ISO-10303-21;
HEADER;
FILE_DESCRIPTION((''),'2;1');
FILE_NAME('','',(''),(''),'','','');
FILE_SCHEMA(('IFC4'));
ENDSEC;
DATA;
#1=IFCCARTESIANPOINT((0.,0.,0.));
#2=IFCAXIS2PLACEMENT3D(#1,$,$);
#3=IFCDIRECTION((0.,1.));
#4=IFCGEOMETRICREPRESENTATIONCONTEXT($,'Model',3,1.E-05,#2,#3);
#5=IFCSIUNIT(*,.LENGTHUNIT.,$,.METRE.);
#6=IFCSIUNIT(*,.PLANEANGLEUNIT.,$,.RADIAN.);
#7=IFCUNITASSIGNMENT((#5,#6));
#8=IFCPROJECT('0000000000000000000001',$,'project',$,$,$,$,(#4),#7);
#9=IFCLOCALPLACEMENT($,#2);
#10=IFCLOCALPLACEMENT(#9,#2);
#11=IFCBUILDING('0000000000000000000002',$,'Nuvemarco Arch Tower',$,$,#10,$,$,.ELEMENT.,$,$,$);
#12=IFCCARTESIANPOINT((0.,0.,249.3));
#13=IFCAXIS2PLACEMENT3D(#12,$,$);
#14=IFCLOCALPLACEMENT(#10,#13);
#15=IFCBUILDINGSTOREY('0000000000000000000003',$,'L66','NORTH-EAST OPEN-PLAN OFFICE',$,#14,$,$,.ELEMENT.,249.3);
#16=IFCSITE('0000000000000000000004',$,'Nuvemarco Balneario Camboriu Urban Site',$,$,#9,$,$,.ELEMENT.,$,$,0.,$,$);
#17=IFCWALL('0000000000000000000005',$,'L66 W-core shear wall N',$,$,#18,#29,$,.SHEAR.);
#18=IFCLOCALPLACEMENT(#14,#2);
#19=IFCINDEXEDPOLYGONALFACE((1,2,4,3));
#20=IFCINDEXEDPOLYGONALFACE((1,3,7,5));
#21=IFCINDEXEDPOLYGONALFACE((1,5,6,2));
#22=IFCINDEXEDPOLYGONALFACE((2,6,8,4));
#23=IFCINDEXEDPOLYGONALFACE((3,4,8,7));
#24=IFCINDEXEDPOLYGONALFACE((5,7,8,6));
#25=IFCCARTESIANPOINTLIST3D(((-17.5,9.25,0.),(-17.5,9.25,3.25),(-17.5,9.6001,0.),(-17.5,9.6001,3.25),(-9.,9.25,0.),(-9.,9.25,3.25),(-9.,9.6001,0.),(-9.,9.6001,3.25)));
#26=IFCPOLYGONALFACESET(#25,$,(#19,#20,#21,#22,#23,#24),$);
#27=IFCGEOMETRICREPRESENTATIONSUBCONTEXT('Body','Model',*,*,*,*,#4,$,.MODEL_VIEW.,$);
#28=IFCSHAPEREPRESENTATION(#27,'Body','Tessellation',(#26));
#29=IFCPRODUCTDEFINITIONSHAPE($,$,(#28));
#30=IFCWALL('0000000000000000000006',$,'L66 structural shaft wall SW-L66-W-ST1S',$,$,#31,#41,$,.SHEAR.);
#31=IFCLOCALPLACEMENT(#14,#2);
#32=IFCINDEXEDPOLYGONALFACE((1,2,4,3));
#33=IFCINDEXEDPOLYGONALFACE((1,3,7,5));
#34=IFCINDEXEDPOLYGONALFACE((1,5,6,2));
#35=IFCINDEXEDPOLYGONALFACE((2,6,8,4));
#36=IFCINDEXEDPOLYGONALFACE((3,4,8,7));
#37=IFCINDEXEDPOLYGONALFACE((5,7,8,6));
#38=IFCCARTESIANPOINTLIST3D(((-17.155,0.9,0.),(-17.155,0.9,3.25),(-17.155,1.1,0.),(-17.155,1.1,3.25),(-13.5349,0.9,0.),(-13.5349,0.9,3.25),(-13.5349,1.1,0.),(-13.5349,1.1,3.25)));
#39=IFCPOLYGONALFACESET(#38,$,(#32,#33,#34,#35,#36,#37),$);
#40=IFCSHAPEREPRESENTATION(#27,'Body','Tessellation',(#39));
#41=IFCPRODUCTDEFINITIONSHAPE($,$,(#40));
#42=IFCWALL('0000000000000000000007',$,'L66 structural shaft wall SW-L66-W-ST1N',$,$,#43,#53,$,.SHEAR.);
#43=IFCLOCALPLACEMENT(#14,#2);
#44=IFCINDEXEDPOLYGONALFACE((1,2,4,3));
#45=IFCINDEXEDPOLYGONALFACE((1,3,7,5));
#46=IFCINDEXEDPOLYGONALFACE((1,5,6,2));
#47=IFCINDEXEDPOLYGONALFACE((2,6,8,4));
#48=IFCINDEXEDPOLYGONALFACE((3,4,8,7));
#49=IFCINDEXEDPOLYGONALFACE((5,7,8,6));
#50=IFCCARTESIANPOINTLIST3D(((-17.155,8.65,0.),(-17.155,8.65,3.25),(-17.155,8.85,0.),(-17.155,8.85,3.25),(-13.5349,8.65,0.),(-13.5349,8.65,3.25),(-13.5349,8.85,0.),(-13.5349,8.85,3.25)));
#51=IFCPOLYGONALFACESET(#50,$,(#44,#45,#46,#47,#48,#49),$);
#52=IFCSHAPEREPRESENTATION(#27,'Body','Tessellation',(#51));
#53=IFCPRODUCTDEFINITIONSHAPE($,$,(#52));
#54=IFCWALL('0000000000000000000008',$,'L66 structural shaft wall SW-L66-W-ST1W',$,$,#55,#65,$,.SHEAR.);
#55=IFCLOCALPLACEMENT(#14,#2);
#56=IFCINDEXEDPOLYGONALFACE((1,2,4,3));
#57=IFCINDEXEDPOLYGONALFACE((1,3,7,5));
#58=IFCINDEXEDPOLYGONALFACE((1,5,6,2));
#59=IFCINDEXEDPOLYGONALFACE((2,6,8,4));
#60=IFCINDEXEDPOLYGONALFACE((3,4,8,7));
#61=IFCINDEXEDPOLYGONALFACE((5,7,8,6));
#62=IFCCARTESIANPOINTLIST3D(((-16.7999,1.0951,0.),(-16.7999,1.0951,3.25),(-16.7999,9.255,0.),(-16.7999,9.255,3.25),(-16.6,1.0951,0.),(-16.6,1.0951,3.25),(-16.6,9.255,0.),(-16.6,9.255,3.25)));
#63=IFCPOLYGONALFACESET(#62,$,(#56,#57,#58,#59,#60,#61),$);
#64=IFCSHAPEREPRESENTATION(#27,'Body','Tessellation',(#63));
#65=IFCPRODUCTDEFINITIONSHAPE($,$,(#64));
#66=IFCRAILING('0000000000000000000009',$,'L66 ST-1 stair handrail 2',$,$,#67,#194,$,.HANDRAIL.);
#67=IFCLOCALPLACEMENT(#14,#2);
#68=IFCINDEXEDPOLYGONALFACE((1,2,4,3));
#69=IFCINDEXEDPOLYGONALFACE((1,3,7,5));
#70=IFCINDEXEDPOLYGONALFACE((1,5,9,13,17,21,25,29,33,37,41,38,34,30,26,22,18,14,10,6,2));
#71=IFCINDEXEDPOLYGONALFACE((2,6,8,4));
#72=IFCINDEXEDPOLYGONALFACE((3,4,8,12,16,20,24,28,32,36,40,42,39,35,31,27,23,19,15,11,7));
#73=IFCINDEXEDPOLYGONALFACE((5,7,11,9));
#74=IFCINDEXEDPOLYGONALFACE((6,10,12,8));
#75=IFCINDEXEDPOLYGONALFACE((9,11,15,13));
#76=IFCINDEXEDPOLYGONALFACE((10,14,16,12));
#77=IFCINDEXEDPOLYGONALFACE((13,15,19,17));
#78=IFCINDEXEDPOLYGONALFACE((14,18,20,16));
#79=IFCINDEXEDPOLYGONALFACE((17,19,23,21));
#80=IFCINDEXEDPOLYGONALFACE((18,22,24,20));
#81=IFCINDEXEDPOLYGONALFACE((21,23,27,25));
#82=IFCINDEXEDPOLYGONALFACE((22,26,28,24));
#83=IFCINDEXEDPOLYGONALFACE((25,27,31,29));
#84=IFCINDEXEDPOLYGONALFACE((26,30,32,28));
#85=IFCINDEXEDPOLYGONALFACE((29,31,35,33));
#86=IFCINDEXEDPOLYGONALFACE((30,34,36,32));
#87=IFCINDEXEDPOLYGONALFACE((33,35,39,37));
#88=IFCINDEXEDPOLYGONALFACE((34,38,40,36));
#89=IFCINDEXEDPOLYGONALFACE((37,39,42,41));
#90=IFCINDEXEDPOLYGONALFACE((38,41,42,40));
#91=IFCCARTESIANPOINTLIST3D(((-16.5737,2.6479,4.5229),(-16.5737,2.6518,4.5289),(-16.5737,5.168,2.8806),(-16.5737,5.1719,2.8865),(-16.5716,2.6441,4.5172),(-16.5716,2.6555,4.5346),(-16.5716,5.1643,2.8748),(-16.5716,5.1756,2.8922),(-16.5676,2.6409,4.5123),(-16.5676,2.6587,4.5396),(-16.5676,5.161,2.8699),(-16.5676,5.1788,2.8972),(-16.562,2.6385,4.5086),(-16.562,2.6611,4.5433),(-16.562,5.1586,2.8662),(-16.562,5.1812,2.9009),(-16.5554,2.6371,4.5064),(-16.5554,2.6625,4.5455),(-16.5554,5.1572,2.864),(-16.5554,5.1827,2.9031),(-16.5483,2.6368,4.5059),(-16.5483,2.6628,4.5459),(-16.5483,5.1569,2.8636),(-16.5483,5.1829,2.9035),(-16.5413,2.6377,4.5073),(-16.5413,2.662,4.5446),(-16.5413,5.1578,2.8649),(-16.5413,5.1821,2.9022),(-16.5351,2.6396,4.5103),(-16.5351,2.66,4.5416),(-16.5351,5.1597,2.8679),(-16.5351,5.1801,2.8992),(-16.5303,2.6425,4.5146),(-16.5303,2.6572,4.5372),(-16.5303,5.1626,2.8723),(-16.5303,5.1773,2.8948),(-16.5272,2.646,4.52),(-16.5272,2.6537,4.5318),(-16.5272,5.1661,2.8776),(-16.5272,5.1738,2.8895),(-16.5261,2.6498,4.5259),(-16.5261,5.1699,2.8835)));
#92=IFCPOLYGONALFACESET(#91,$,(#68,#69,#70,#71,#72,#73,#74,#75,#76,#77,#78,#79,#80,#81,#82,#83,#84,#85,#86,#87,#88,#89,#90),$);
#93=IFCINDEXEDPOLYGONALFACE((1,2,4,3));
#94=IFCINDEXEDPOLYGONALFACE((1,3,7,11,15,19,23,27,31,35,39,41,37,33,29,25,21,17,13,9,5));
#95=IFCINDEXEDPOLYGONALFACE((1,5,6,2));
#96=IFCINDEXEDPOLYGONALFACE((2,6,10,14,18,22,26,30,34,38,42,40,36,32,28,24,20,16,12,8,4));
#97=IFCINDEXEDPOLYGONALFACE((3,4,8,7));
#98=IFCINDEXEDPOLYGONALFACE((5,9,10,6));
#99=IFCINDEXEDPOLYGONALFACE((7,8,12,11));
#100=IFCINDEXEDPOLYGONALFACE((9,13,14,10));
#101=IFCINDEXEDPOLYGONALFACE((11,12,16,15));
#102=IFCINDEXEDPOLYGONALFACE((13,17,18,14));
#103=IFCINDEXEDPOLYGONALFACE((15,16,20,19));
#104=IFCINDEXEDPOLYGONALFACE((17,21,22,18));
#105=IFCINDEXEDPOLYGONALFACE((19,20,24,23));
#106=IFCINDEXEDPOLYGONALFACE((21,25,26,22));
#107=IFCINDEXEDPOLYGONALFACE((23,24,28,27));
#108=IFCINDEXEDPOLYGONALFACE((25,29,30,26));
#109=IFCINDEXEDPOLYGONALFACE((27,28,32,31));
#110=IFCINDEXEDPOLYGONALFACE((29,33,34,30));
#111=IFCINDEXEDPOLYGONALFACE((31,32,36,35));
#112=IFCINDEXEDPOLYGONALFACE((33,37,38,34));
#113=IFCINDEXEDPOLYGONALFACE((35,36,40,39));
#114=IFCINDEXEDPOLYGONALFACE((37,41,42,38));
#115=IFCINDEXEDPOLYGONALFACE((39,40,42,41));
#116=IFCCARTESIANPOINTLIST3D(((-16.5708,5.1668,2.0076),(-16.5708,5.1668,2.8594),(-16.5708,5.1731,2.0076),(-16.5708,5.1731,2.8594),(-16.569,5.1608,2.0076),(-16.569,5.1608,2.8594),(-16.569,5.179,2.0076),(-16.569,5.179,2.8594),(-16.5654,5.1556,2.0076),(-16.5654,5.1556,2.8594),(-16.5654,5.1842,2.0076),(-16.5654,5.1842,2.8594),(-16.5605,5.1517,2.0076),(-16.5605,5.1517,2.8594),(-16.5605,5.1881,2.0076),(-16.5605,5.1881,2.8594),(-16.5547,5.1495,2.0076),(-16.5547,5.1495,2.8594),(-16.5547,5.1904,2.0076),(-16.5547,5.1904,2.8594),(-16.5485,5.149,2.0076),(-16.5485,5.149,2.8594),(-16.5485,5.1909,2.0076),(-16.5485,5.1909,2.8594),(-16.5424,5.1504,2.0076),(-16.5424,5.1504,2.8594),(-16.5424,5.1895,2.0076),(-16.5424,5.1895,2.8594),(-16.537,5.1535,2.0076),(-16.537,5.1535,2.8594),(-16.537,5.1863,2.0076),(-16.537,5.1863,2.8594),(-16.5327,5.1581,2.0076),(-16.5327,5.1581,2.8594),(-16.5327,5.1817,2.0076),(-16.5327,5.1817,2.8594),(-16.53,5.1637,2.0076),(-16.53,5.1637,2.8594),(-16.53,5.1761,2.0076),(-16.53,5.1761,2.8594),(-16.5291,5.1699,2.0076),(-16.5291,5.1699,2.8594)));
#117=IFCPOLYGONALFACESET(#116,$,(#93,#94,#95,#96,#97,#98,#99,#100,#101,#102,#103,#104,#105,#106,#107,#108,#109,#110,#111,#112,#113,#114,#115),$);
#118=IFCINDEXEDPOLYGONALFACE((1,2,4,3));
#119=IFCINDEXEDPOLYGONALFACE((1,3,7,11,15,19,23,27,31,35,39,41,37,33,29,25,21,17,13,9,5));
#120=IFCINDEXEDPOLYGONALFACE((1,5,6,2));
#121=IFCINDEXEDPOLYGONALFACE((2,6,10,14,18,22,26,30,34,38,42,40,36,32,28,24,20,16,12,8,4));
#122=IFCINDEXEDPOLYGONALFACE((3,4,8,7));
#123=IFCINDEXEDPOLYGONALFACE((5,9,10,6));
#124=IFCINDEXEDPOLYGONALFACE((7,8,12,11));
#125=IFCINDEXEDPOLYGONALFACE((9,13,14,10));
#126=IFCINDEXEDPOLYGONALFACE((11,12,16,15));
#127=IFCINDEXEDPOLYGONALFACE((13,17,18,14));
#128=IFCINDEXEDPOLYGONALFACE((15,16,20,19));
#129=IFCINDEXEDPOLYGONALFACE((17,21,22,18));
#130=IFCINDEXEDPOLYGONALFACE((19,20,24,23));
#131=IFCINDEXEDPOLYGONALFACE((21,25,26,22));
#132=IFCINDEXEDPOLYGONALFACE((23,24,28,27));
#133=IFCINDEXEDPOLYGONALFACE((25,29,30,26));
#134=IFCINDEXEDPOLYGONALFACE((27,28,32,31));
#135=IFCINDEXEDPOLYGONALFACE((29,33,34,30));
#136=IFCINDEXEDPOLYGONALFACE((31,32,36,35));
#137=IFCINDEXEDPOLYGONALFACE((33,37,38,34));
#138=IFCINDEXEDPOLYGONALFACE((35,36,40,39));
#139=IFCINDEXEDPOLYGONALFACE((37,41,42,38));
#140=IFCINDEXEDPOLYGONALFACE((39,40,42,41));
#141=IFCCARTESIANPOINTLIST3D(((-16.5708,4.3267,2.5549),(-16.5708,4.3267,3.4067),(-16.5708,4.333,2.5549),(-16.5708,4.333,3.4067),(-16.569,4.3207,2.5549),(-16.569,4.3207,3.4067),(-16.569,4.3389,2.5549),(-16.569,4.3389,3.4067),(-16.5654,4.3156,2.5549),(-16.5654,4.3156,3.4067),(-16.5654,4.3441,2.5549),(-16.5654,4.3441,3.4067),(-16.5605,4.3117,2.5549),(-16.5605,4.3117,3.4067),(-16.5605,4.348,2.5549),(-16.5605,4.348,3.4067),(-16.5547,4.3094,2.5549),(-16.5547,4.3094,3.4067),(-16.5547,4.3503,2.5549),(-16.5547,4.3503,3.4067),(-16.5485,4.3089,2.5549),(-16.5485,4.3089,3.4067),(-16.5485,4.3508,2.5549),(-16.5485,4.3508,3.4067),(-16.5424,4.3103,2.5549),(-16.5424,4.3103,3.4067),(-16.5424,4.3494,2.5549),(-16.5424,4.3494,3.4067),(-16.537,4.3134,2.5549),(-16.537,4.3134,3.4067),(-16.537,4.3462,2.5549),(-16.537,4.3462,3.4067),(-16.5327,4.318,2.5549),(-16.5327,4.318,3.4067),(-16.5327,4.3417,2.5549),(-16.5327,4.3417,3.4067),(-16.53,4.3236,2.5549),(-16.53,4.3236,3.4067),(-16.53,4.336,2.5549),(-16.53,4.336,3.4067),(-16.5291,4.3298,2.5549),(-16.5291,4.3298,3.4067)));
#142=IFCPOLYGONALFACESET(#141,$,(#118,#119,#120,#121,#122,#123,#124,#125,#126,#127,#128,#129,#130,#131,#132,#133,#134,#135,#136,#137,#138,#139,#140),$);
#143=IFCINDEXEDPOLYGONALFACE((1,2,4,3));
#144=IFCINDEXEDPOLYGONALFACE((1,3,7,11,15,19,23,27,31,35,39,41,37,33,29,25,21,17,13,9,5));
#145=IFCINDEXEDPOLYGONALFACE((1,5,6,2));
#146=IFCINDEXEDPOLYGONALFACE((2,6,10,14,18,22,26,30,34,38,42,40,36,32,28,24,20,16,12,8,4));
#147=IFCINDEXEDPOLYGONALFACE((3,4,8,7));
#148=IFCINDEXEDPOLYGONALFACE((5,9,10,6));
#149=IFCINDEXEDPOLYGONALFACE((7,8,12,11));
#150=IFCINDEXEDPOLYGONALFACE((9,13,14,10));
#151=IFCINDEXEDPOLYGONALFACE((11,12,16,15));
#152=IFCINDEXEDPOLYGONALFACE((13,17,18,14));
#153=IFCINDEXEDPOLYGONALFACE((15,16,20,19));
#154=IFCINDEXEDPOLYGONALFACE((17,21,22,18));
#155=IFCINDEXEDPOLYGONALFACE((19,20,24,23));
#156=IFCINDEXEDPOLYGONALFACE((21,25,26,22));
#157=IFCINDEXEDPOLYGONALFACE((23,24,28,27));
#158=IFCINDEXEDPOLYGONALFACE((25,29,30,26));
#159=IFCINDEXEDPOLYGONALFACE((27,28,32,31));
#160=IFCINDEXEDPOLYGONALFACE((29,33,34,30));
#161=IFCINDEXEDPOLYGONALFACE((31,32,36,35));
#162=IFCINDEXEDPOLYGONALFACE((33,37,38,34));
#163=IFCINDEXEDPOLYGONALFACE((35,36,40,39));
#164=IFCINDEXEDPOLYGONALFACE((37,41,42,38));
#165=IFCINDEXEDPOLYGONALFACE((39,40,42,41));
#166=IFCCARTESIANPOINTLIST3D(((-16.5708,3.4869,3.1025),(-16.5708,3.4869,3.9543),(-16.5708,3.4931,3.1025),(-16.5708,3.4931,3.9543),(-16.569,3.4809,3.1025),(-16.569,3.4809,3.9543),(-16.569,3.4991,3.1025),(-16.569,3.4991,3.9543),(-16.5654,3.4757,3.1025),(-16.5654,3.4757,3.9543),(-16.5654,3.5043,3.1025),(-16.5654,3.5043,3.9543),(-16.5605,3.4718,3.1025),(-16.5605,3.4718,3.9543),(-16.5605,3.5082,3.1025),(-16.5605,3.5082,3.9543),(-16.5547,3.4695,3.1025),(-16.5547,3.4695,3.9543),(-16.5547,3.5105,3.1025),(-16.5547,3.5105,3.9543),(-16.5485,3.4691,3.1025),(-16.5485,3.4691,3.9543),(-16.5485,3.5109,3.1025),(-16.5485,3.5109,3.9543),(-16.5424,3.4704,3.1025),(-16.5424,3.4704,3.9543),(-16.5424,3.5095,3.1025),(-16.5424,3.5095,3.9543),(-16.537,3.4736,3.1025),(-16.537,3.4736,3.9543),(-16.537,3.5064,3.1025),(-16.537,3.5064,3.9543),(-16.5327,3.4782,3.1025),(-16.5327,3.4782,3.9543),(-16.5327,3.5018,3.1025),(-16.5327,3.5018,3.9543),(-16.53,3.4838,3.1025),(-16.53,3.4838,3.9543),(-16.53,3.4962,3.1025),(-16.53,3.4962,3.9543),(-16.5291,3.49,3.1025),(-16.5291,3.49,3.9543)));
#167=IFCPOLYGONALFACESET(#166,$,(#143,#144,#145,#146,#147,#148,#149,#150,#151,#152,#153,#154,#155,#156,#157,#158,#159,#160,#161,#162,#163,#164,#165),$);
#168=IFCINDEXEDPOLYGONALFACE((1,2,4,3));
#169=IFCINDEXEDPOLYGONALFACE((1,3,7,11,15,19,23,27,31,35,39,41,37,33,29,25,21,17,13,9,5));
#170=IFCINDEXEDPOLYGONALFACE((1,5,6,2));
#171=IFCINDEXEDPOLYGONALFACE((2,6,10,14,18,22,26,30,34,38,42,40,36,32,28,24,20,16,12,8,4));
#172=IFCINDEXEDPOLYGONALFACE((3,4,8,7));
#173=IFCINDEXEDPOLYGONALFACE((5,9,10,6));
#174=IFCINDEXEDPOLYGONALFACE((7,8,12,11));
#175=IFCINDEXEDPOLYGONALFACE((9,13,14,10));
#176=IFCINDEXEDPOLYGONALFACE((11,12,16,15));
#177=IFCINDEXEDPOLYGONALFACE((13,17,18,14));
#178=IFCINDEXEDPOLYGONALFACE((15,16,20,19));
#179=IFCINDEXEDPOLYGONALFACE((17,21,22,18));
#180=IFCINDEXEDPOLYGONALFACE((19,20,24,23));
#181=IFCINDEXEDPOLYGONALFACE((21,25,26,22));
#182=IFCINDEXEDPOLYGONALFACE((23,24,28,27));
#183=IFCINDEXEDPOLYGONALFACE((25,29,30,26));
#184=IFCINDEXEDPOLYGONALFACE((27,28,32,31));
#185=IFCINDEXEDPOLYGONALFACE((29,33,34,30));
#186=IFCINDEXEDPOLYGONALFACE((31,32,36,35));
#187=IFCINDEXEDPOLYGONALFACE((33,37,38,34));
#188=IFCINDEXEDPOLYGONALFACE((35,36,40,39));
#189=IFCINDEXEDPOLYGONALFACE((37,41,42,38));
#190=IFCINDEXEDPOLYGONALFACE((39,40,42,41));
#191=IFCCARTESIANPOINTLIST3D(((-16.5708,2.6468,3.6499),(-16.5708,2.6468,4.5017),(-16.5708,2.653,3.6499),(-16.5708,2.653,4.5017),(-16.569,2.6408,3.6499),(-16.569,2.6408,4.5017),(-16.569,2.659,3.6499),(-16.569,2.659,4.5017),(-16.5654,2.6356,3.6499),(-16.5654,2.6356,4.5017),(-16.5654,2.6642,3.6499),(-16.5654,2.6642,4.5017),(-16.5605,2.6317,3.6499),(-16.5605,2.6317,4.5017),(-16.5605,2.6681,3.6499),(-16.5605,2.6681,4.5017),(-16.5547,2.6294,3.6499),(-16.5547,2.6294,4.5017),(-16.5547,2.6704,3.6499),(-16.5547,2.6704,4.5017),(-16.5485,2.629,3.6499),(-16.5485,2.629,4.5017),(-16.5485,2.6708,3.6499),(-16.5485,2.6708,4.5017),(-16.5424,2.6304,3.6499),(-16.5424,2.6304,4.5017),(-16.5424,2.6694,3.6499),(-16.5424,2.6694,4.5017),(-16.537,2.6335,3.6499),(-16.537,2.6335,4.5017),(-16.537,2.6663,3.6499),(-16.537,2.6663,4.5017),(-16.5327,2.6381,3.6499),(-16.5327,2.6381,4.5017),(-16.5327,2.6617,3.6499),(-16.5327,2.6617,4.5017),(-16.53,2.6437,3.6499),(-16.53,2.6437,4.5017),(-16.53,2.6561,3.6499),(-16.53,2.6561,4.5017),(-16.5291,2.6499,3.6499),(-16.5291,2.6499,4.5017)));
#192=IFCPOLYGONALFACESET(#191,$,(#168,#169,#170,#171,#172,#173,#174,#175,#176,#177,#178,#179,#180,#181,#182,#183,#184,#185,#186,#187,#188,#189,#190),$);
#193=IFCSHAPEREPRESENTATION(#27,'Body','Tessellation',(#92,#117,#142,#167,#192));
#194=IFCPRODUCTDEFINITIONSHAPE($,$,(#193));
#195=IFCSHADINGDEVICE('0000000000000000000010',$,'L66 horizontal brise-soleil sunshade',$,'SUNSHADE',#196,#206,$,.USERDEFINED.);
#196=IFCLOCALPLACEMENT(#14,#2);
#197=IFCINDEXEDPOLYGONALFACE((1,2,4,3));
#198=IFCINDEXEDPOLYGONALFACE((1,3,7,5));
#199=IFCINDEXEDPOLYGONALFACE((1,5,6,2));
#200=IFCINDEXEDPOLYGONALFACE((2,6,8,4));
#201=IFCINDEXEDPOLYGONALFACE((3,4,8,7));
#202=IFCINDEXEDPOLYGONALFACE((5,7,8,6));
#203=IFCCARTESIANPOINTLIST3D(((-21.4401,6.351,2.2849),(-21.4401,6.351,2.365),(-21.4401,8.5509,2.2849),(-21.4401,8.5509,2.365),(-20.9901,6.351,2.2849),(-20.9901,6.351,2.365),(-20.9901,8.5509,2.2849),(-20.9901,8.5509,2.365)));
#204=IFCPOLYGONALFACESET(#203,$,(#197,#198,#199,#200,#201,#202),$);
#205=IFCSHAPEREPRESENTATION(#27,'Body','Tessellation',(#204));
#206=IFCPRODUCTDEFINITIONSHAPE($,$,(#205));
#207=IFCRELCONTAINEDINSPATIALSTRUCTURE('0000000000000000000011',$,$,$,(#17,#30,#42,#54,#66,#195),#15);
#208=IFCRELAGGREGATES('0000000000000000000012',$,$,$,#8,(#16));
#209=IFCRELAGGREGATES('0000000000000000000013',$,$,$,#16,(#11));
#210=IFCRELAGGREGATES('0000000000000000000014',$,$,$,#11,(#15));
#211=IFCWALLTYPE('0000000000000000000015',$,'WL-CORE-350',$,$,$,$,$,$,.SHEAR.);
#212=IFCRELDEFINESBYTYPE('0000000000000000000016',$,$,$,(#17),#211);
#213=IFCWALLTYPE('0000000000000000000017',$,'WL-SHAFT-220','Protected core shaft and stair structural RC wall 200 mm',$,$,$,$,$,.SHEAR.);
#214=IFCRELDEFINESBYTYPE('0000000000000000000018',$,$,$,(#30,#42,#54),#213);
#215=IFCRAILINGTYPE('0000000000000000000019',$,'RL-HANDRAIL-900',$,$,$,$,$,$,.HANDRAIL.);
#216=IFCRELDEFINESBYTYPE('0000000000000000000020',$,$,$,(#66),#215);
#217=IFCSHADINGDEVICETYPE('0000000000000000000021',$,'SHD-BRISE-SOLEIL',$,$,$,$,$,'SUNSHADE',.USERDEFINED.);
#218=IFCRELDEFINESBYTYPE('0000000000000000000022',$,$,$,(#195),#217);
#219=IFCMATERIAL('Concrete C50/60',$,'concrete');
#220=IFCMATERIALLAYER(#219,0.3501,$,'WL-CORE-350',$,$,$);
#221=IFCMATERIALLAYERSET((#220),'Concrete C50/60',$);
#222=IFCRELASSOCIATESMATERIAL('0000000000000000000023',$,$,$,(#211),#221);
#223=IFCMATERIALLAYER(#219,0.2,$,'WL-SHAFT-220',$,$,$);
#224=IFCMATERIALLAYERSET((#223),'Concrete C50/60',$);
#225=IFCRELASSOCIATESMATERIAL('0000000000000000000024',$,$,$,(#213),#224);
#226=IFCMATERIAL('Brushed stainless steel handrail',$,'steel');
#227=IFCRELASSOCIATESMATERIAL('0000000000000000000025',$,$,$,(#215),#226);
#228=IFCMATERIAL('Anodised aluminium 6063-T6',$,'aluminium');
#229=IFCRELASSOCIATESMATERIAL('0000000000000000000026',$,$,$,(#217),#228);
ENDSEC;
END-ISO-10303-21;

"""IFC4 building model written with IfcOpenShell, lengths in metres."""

from ifc_helpers import new_model, si_unit, direction, frame, frame_2d, origin, origin_2d, place, context, subcontext, project, spatial, rectangle, circle, extrude, source, transform, mapped, material, layer, layer_set, type_object, type_shapes, element, save


model = new_model("IFC4")

# Units and contexts
model_context = context("Model", 3, precision=1e-05, world=origin(), true_north=direction((0.0, 1.0)))
body_context = subcontext(model_context, "Body", "Model", "MODEL_VIEW")
ifc_project = project(units=[si_unit("LENGTHUNIT", "METRE"), si_unit("PLANEANGLEUNIT", "RADIAN")], contexts=[model_context])

# Site, building, storey
site_placement = place(None, origin())
site = spatial("IfcSite", under=ifc_project, at=site_placement, Name="Nuvemarco Balneario Camboriu Urban Site", CompositionType="ELEMENT", RefElevation=0.0)
building_placement = place(site_placement, origin())
building = spatial("IfcBuilding", under=site, at=building_placement, Name="Nuvemarco Arch Tower", CompositionType="ELEMENT")
storey_placement = place(building_placement, frame((0.0, 0.0, 249.3)))
storey = spatial("IfcBuildingStorey", under=building, at=storey_placement, Name="L66", Description="NORTH-EAST OPEN-PLAN OFFICE", CompositionType="ELEMENT", Elevation=249.3)

# Shared definitions
ifc_material_1 = material(Name="Concrete C50/60", Category="concrete")

# Walls
ifc_layer_1 = layer(ifc_material_1, 0.3501, Name="WL-CORE-350")
ifc_layer_set_1 = layer_set([ifc_layer_1], Name="Concrete C50/60")
wall_type_1 = type_object("IfcWallType", Name="WL-CORE-350", PredefinedType="SHEAR", material=ifc_layer_set_1)
wall_1_placement = place(storey_placement, frame((-17.5, 9.425, 0.0), z_axis=(0.0, 0.0, 1.0), x_axis=(1.0, 0.0, 0.0)))
element("IfcWall", 1, at=wall_1_placement, inside=storey, type_object=wall_type_1, Name="L66 W-core shear wall N", PredefinedType="SHEAR", context=body_context, shape_type="SweptSolid", body=[
    extrude(rectangle(XDim=8.5, YDim=0.3501, at=frame_2d((4.25, 0.0))), origin(), (0.0, 0.0, 1.0), 3.25),
])
ifc_layer_2 = layer(ifc_material_1, 0.2, Name="WL-SHAFT-220")
ifc_layer_set_2 = layer_set([ifc_layer_2], Name="Concrete C50/60")
wall_type_2 = type_object("IfcWallType", Name="WL-SHAFT-220", Description="Protected core shaft and stair structural RC wall 200 mm", PredefinedType="SHEAR", material=ifc_layer_set_2)
for number, where, z_axis, x_axis, name in (
    (2, (-17.155, 1.0, 0.0), (0.0, 0.0, 1.0), (1.0, 0.0, 0.0), "L66 structural shaft wall SW-L66-W-ST1S"),
    (3, (-17.155, 8.75, 0.0), (0.0, 0.0, 1.0), (1.0, 0.0, 0.0), "L66 structural shaft wall SW-L66-W-ST1N"),
):
    element("IfcWall", number, at=place(storey_placement, frame(where, z_axis=z_axis, x_axis=x_axis)), inside=storey, type_object=wall_type_2, Name=name, PredefinedType="SHEAR", context=body_context, shape_type="SweptSolid", body=[
        extrude(rectangle(XDim=3.6201, YDim=0.2, at=frame_2d((1.8101, 0.0))), origin(), (0.0, 0.0, 1.0), 3.25),
    ])
wall_2_placement = place(storey_placement, frame((-16.7, 1.095, 0.0), z_axis=(0.0, 0.0, 1.0), x_axis=(0.0, 1.0, 0.0)))
element("IfcWall", 4, at=wall_2_placement, inside=storey, type_object=wall_type_2, Name="L66 structural shaft wall SW-L66-W-ST1W", PredefinedType="SHEAR", context=body_context, shape_type="SweptSolid", body=[
    extrude(rectangle(XDim=8.1599, YDim=0.2, at=frame_2d((4.0801, 0.0))), origin(), (0.0, 0.0, 1.0), 3.25),
])

# Railing
ifc_material_2 = material(Name="Brushed stainless steel handrail", Category="steel")
railing_type = type_object("IfcRailingType", Name="RL-HANDRAIL-900", PredefinedType="HANDRAIL", material=ifc_material_2)
railing_placement = place(storey_placement, frame((-16.55, 5.1699, 2.0076)))
element("IfcRailing", 5, at=railing_placement, inside=storey, type_object=railing_type, Name="L66 ST-1 stair handrail 2", PredefinedType="HANDRAIL", context=body_context, shape_type="SweptSolid", body=[
    extrude(circle(Radius=0.0239, at=origin_2d()), frame((0.0, 0.0, 0.876), z_axis=(0.0, -0.837787, 0.545998), x_axis=(1.0, 0.0, 0.0)), (0.0, 0.0, 1.0), 3.0081),
    extrude(circle(Radius=0.021, at=origin_2d()), origin(), (0.0, 0.0, 1.0), 0.8518),
    extrude(circle(Radius=0.021, at=origin_2d()), frame((0.0, -0.8401, 0.5474)), (0.0, 0.0, 1.0), 0.8518),
    extrude(circle(Radius=0.021, at=origin_2d()), frame((0.0, -1.6799, 1.095)), (0.0, 0.0, 1.0), 0.8518),
    extrude(circle(Radius=0.021, at=origin_2d()), frame((0.0, -2.52, 1.6423)), (0.0, 0.0, 1.0), 0.8518),
])

# Shading device
ifc_material_3 = material(Name="Anodised aluminium 6063-T6", Category="aluminium")
shading_device_type = type_object("IfcShadingDeviceType", Name="SHD-BRISE-SOLEIL", ElementType="SUNSHADE", PredefinedType="USERDEFINED", material=ifc_material_3)
shared_shape_1 = source(origin(), body_context, "Body", "SweptSolid", [
    extrude(rectangle(XDim=2.2, YDim=0.45, at=origin_2d()), origin(), (0.0, 0.0, 1.0), 0.0801),
])
type_shapes(shading_device_type, [shared_shape_1])
shading_device_placement = place(storey_placement, frame((-21.2151, 7.4509, 2.2849), z_axis=(0.0, 0.0, 1.0), x_axis=(0.0, 1.0, 0.0)))
element("IfcShadingDevice", 6, at=shading_device_placement, inside=storey, type_object=shading_device_type, Name="L66 horizontal brise-soleil sunshade", ObjectType="SUNSHADE", PredefinedType="USERDEFINED", context=body_context, shape_type="MappedRepresentation", body=[
    mapped(shared_shape_1, transform((0.0, 0.0, 0.0), scale=1.0)),
])

save(model, "model.ifc")
